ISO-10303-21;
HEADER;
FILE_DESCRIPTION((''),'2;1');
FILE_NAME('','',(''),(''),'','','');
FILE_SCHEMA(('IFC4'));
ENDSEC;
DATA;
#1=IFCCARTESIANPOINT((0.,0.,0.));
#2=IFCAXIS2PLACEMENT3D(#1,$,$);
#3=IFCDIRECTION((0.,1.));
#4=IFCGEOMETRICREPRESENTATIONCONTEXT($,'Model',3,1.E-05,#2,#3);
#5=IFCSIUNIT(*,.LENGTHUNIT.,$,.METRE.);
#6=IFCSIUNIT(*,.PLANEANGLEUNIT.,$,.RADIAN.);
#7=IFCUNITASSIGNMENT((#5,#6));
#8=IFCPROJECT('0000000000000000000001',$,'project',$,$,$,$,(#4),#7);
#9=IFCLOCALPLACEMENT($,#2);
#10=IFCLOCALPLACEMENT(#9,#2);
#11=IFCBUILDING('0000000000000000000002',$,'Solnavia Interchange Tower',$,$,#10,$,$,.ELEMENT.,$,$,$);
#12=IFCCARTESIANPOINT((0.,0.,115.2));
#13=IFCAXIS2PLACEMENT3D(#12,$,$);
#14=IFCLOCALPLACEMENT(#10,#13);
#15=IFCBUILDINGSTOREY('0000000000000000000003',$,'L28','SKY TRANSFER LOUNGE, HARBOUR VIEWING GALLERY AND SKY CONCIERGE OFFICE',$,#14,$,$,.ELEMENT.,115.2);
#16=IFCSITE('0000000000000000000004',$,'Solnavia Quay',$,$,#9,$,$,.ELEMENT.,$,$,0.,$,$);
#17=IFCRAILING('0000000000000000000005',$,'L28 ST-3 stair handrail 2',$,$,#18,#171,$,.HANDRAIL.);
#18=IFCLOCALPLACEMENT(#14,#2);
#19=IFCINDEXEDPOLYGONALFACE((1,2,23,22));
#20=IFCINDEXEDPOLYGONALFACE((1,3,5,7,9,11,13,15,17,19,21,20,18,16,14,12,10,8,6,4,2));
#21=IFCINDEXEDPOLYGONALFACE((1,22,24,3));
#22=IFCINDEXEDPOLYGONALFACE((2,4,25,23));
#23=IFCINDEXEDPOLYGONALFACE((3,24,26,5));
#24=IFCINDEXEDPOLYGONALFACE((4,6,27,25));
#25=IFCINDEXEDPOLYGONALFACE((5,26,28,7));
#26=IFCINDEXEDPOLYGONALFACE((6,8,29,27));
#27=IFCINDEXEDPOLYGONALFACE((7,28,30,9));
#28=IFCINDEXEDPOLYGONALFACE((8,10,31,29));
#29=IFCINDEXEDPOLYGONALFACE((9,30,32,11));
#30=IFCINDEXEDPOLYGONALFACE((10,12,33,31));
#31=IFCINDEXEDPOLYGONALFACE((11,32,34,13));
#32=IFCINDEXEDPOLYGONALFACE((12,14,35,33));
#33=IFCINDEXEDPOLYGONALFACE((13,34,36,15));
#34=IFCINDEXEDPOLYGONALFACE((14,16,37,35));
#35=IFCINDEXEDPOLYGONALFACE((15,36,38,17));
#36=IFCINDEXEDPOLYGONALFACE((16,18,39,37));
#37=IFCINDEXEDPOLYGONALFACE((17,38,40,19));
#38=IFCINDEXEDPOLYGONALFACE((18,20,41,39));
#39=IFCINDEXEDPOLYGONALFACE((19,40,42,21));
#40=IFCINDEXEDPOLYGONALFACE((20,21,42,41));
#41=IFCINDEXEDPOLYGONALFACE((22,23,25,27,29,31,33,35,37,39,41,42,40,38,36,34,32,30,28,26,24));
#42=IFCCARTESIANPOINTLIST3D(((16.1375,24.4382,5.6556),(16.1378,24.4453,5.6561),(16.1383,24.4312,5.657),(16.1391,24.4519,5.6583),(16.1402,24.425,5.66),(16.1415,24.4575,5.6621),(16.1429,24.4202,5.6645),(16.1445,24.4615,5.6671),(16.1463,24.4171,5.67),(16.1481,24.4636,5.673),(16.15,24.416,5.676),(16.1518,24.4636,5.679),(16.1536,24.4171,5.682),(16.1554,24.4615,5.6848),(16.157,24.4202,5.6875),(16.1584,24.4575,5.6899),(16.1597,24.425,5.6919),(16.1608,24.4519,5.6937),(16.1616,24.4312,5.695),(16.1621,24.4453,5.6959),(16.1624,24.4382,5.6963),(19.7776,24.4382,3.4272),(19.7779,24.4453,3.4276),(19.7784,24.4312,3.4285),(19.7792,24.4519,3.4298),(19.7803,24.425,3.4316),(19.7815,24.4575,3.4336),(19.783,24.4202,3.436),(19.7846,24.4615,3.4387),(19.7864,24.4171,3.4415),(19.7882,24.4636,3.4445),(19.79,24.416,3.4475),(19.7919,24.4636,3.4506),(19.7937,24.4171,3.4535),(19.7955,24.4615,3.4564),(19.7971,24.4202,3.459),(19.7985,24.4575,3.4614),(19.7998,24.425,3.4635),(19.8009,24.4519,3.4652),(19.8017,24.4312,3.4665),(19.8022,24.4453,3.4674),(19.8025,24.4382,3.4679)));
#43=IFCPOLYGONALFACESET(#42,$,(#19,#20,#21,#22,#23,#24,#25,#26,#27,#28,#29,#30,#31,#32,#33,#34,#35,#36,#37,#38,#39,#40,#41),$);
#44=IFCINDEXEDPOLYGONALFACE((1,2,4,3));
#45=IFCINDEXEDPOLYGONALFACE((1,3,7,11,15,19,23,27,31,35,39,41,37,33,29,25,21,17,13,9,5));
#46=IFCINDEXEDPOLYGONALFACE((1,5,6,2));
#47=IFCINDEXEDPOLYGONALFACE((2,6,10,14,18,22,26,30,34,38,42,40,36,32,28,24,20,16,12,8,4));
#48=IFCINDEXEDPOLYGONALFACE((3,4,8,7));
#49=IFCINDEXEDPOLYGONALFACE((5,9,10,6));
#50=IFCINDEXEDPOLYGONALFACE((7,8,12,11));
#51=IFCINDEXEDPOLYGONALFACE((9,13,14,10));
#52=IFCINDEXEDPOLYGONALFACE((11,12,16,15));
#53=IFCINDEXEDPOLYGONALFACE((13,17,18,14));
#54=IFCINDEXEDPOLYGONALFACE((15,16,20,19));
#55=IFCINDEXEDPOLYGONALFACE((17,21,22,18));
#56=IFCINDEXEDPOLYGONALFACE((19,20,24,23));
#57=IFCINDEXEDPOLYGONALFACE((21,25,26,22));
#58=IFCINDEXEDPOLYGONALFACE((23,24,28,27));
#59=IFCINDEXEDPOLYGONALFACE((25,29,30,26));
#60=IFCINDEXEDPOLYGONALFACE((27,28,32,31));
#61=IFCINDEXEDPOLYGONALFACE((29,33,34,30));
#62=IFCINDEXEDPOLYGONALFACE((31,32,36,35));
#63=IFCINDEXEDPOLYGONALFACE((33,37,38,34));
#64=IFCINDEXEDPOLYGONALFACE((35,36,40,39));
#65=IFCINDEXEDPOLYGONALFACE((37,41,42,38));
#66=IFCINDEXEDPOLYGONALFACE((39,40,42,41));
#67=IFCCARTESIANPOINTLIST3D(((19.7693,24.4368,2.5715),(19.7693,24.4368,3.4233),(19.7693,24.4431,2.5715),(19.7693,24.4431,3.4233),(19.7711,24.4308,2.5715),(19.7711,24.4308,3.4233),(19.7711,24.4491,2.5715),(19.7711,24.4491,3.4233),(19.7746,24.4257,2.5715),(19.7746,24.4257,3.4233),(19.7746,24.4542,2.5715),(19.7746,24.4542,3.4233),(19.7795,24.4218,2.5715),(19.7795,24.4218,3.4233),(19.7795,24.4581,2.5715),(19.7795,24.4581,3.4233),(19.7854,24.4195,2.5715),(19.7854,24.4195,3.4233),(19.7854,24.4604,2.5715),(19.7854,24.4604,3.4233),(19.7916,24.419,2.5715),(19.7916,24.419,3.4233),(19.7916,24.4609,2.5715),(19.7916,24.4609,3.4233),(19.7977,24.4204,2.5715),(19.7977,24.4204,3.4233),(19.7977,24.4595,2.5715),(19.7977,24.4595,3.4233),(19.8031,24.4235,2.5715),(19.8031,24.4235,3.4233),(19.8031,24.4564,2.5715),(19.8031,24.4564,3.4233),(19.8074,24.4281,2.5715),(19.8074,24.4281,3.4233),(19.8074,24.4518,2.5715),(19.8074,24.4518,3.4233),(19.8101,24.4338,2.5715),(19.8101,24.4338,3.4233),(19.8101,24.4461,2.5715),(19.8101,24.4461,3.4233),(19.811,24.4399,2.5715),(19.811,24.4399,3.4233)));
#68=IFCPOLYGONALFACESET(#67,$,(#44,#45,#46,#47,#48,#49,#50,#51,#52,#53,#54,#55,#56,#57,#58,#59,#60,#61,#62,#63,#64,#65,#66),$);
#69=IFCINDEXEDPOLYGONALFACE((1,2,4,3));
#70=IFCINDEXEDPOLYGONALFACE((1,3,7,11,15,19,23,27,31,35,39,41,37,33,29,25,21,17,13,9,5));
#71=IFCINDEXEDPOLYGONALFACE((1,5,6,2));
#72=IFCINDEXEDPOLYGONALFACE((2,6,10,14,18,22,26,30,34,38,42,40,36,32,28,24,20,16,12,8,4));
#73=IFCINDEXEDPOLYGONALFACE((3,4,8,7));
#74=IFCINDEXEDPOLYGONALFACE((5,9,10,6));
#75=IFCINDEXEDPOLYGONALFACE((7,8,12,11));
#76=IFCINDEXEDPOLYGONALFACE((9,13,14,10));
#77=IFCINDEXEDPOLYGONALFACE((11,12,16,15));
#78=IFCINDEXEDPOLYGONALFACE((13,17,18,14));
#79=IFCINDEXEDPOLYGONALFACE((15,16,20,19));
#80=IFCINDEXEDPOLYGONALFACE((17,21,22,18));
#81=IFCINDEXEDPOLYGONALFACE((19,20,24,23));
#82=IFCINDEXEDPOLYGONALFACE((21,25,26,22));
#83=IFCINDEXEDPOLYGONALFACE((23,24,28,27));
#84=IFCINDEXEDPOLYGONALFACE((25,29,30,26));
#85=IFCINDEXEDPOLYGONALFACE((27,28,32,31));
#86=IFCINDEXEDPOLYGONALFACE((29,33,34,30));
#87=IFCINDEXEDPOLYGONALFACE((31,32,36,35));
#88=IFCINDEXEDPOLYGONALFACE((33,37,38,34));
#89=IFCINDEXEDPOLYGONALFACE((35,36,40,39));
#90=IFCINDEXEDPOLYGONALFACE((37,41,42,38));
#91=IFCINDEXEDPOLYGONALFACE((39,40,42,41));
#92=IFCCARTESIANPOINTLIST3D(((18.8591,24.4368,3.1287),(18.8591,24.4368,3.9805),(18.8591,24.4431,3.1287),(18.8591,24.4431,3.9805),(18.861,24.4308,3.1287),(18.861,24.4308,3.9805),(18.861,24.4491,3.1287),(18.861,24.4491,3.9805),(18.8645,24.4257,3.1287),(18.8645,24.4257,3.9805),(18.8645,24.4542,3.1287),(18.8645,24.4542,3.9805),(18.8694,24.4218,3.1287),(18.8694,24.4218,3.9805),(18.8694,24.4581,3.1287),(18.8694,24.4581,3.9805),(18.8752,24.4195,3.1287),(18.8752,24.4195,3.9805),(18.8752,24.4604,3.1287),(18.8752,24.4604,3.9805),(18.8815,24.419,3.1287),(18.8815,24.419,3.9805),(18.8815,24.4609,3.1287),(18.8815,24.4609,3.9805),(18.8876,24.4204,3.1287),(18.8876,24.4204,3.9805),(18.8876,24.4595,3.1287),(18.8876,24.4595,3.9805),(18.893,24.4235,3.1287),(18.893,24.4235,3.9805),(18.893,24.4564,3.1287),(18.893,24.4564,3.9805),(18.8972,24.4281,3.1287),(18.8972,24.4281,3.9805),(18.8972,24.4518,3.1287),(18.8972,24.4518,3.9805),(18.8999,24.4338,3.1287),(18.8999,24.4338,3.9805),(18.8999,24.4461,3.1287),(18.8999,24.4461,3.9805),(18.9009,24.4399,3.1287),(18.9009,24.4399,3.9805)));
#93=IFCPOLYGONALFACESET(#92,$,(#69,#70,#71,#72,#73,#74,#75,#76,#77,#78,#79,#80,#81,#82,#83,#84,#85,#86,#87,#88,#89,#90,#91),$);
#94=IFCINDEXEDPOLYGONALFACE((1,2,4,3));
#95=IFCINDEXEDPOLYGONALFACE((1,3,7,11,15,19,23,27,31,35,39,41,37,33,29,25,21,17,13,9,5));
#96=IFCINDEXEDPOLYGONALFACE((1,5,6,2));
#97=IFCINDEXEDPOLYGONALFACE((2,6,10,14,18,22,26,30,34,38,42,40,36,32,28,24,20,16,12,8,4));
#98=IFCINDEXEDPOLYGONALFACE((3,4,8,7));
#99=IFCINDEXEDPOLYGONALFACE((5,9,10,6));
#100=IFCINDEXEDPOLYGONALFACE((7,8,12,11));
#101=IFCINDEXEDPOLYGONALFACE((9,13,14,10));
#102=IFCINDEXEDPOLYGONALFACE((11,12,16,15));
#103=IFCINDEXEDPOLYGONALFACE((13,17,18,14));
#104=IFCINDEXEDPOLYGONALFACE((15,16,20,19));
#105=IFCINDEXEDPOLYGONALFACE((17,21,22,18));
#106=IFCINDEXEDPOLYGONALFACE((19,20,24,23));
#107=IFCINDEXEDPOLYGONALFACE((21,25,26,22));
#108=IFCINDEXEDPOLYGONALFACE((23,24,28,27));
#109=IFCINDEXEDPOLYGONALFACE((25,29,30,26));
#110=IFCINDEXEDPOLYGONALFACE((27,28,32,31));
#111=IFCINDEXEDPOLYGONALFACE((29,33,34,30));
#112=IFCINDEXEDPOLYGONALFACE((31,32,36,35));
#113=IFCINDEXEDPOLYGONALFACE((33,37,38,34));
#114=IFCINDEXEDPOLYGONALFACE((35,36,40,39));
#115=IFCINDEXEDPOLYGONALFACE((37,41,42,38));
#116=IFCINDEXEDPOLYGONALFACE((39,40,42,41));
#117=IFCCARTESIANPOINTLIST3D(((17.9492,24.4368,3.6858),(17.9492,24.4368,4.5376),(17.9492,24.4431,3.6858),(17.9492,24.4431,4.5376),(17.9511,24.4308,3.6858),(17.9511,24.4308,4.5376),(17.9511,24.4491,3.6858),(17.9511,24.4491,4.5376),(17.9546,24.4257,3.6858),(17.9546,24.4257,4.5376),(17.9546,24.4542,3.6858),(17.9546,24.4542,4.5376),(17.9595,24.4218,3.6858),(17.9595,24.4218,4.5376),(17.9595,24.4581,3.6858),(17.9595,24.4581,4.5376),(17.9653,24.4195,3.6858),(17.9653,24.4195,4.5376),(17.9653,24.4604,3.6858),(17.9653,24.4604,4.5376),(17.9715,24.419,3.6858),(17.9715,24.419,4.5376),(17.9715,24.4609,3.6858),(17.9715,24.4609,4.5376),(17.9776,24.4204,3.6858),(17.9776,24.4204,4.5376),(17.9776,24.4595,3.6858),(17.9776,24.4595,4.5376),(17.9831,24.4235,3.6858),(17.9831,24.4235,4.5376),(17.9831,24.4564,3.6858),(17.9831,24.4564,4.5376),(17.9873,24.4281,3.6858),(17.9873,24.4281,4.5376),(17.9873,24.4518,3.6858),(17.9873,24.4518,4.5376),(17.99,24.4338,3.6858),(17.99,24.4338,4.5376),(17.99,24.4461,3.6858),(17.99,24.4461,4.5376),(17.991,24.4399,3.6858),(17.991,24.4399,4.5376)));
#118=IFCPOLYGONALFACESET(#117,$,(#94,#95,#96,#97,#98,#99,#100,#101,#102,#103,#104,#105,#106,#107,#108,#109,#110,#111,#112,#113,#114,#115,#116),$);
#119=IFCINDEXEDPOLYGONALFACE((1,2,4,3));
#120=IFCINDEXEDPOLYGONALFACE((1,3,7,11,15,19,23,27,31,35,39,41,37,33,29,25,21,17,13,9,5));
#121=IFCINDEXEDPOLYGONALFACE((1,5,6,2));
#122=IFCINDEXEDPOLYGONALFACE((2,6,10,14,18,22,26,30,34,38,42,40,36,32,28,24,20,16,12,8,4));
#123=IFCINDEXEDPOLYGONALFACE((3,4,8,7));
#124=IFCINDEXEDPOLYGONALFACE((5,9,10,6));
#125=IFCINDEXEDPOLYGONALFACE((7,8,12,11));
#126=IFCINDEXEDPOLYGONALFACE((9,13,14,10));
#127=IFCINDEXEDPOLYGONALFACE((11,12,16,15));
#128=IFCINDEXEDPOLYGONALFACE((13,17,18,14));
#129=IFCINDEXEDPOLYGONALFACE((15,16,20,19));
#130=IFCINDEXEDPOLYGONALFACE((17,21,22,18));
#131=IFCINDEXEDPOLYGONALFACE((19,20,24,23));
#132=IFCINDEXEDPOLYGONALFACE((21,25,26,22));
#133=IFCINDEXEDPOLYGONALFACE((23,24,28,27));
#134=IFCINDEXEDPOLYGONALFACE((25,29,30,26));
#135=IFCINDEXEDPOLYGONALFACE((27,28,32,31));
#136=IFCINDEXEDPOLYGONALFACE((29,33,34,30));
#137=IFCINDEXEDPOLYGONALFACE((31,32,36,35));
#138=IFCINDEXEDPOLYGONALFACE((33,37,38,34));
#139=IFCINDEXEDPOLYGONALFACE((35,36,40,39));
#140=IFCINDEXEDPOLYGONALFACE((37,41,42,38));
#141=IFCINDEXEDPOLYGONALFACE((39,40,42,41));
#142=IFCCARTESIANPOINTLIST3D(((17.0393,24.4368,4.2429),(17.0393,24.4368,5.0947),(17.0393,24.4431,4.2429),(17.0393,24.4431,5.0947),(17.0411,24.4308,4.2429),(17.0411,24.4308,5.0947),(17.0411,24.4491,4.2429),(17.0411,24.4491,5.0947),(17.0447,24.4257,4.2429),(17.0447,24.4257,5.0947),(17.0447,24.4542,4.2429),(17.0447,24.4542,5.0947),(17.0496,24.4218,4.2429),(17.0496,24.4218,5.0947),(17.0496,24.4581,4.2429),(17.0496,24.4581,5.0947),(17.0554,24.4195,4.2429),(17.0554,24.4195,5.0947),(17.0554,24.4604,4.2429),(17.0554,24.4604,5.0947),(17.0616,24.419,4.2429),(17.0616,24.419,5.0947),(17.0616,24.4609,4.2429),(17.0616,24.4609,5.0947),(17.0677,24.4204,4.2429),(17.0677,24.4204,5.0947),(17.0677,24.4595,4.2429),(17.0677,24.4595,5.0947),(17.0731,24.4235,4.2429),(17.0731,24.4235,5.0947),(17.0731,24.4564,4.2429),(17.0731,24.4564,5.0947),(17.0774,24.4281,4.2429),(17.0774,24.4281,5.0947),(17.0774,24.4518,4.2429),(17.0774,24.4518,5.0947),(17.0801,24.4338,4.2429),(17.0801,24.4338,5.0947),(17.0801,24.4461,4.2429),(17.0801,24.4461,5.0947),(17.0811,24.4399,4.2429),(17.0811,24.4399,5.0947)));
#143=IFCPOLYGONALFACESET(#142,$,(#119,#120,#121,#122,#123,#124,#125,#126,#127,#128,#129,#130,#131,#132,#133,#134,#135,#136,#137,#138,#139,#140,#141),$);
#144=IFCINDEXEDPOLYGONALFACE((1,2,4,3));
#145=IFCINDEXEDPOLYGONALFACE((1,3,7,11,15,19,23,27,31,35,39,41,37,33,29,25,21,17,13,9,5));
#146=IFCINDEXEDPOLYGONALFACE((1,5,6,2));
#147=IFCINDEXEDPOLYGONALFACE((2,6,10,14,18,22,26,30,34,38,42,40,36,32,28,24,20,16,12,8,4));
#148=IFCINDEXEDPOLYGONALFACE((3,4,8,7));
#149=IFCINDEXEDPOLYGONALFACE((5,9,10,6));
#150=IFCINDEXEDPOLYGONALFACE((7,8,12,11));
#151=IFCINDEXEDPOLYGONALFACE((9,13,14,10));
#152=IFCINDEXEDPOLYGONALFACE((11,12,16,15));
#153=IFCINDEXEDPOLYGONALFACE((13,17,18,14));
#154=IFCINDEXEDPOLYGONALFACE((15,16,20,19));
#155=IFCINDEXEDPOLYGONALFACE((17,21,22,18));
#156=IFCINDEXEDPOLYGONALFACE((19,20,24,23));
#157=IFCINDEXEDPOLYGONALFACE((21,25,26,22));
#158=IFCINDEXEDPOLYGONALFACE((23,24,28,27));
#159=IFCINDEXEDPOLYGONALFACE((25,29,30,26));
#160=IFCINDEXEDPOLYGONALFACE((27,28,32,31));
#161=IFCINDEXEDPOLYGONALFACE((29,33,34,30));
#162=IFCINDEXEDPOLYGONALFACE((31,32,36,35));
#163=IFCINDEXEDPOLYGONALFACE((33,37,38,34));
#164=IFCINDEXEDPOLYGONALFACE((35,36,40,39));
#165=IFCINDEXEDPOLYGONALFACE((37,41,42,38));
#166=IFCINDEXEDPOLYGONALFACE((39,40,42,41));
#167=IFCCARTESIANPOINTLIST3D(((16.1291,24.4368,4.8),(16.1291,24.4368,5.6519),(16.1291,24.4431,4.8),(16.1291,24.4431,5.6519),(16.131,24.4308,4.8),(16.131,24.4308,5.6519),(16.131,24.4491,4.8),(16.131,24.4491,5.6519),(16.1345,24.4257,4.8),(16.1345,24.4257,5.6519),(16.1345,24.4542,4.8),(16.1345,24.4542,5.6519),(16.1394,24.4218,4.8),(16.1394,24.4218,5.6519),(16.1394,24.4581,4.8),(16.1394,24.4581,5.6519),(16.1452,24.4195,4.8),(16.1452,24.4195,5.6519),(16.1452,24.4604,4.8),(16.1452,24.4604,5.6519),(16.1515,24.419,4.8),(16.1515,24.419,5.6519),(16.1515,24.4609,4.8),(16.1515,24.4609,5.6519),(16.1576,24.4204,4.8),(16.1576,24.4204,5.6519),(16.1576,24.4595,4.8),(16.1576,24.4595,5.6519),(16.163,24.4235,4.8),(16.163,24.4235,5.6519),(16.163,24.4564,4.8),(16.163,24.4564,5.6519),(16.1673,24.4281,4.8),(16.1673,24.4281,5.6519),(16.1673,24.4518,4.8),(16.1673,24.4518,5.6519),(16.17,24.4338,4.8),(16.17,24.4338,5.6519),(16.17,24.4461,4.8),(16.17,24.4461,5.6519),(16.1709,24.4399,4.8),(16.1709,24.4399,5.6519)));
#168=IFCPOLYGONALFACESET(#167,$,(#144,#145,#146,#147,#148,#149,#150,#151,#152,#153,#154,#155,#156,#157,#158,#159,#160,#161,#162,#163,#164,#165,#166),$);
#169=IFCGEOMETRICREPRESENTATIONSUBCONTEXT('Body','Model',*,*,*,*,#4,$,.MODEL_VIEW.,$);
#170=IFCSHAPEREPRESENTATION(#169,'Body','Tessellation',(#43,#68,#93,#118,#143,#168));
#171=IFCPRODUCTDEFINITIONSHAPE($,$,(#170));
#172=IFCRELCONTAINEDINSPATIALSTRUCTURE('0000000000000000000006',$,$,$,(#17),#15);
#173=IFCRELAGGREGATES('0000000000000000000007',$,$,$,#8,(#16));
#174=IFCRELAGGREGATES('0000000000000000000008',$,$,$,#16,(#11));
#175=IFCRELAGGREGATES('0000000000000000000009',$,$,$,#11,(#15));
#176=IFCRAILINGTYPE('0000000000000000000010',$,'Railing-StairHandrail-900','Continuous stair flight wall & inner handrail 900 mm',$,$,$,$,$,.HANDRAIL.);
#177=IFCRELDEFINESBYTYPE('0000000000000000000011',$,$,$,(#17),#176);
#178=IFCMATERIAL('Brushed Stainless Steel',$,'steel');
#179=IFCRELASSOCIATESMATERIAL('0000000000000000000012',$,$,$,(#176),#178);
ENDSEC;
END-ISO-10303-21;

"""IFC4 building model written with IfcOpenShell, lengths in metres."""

from ifc_helpers import new_model, si_unit, direction, frame, origin, origin_2d, place, context, subcontext, project, spatial, circle, extrude, material, type_object, element, save


model = new_model("IFC4")

# Units and contexts
model_context = context("Model", 3, precision=1e-05, world=origin(), true_north=direction((0.0, 1.0)))
body_context = subcontext(model_context, "Body", "Model", "MODEL_VIEW")
ifc_project = project(units=[si_unit("LENGTHUNIT", "METRE"), si_unit("PLANEANGLEUNIT", "RADIAN")], contexts=[model_context])

# Site, building, storey
site_placement = place(None, origin())
site = spatial("IfcSite", under=ifc_project, at=site_placement, Name="Solnavia Quay", CompositionType="ELEMENT", RefElevation=0.0)
building_placement = place(site_placement, origin())
building = spatial("IfcBuilding", under=site, at=building_placement, Name="Solnavia Interchange Tower", CompositionType="ELEMENT")
storey_placement = place(building_placement, frame((0.0, 0.0, 115.2)))
storey = spatial("IfcBuildingStorey", under=building, at=storey_placement, Name="L28", Description="SKY TRANSFER LOUNGE, HARBOUR VIEWING GALLERY AND SKY CONCIERGE OFFICE", CompositionType="ELEMENT", Elevation=115.2)

# Railing
ifc_material_1 = material(Name="Brushed Stainless Steel", Category="steel")
railing_type_1 = type_object("IfcRailingType", Name="Railing-StairHandrail-900", Description="Continuous stair flight wall & inner handrail 900 mm", PredefinedType="HANDRAIL", material=ifc_material_1)
railing_1_placement = place(storey_placement, frame((19.79, 24.4399, 2.5715)))
element("IfcRailing", 1, at=railing_1_placement, inside=storey, type_object=railing_type_1, Name="L28 ST-3 stair handrail 2", PredefinedType="HANDRAIL", context=body_context, shape_type="SweptSolid", body=[
    extrude(circle(Radius=0.0239, at=origin_2d()), frame((0.0, 0.0, 0.876), z_axis=(-0.852866, 0.0, 0.52213), x_axis=(0.0, -1.0, 0.0)), (0.0, 0.0, 1.0), 4.2681),
    extrude(circle(Radius=0.021, at=origin_2d()), origin(), (0.0, 0.0, 1.0), 0.8518),
    extrude(circle(Radius=0.021, at=origin_2d()), frame((-0.9102, 0.0, 0.5571)), (0.0, 0.0, 1.0), 0.8518),
    extrude(circle(Radius=0.021, at=origin_2d()), frame((-1.8201, 0.0, 1.1143)), (0.0, 0.0, 1.0), 0.8518),
    extrude(circle(Radius=0.021, at=origin_2d()), frame((-2.73, 0.0, 1.6714)), (0.0, 0.0, 1.0), 0.8518),
    extrude(circle(Radius=0.021, at=origin_2d()), frame((-3.6401, 0.0, 2.2285)), (0.0, 0.0, 1.0), 0.8518),
])

save(model, "model.ifc")
